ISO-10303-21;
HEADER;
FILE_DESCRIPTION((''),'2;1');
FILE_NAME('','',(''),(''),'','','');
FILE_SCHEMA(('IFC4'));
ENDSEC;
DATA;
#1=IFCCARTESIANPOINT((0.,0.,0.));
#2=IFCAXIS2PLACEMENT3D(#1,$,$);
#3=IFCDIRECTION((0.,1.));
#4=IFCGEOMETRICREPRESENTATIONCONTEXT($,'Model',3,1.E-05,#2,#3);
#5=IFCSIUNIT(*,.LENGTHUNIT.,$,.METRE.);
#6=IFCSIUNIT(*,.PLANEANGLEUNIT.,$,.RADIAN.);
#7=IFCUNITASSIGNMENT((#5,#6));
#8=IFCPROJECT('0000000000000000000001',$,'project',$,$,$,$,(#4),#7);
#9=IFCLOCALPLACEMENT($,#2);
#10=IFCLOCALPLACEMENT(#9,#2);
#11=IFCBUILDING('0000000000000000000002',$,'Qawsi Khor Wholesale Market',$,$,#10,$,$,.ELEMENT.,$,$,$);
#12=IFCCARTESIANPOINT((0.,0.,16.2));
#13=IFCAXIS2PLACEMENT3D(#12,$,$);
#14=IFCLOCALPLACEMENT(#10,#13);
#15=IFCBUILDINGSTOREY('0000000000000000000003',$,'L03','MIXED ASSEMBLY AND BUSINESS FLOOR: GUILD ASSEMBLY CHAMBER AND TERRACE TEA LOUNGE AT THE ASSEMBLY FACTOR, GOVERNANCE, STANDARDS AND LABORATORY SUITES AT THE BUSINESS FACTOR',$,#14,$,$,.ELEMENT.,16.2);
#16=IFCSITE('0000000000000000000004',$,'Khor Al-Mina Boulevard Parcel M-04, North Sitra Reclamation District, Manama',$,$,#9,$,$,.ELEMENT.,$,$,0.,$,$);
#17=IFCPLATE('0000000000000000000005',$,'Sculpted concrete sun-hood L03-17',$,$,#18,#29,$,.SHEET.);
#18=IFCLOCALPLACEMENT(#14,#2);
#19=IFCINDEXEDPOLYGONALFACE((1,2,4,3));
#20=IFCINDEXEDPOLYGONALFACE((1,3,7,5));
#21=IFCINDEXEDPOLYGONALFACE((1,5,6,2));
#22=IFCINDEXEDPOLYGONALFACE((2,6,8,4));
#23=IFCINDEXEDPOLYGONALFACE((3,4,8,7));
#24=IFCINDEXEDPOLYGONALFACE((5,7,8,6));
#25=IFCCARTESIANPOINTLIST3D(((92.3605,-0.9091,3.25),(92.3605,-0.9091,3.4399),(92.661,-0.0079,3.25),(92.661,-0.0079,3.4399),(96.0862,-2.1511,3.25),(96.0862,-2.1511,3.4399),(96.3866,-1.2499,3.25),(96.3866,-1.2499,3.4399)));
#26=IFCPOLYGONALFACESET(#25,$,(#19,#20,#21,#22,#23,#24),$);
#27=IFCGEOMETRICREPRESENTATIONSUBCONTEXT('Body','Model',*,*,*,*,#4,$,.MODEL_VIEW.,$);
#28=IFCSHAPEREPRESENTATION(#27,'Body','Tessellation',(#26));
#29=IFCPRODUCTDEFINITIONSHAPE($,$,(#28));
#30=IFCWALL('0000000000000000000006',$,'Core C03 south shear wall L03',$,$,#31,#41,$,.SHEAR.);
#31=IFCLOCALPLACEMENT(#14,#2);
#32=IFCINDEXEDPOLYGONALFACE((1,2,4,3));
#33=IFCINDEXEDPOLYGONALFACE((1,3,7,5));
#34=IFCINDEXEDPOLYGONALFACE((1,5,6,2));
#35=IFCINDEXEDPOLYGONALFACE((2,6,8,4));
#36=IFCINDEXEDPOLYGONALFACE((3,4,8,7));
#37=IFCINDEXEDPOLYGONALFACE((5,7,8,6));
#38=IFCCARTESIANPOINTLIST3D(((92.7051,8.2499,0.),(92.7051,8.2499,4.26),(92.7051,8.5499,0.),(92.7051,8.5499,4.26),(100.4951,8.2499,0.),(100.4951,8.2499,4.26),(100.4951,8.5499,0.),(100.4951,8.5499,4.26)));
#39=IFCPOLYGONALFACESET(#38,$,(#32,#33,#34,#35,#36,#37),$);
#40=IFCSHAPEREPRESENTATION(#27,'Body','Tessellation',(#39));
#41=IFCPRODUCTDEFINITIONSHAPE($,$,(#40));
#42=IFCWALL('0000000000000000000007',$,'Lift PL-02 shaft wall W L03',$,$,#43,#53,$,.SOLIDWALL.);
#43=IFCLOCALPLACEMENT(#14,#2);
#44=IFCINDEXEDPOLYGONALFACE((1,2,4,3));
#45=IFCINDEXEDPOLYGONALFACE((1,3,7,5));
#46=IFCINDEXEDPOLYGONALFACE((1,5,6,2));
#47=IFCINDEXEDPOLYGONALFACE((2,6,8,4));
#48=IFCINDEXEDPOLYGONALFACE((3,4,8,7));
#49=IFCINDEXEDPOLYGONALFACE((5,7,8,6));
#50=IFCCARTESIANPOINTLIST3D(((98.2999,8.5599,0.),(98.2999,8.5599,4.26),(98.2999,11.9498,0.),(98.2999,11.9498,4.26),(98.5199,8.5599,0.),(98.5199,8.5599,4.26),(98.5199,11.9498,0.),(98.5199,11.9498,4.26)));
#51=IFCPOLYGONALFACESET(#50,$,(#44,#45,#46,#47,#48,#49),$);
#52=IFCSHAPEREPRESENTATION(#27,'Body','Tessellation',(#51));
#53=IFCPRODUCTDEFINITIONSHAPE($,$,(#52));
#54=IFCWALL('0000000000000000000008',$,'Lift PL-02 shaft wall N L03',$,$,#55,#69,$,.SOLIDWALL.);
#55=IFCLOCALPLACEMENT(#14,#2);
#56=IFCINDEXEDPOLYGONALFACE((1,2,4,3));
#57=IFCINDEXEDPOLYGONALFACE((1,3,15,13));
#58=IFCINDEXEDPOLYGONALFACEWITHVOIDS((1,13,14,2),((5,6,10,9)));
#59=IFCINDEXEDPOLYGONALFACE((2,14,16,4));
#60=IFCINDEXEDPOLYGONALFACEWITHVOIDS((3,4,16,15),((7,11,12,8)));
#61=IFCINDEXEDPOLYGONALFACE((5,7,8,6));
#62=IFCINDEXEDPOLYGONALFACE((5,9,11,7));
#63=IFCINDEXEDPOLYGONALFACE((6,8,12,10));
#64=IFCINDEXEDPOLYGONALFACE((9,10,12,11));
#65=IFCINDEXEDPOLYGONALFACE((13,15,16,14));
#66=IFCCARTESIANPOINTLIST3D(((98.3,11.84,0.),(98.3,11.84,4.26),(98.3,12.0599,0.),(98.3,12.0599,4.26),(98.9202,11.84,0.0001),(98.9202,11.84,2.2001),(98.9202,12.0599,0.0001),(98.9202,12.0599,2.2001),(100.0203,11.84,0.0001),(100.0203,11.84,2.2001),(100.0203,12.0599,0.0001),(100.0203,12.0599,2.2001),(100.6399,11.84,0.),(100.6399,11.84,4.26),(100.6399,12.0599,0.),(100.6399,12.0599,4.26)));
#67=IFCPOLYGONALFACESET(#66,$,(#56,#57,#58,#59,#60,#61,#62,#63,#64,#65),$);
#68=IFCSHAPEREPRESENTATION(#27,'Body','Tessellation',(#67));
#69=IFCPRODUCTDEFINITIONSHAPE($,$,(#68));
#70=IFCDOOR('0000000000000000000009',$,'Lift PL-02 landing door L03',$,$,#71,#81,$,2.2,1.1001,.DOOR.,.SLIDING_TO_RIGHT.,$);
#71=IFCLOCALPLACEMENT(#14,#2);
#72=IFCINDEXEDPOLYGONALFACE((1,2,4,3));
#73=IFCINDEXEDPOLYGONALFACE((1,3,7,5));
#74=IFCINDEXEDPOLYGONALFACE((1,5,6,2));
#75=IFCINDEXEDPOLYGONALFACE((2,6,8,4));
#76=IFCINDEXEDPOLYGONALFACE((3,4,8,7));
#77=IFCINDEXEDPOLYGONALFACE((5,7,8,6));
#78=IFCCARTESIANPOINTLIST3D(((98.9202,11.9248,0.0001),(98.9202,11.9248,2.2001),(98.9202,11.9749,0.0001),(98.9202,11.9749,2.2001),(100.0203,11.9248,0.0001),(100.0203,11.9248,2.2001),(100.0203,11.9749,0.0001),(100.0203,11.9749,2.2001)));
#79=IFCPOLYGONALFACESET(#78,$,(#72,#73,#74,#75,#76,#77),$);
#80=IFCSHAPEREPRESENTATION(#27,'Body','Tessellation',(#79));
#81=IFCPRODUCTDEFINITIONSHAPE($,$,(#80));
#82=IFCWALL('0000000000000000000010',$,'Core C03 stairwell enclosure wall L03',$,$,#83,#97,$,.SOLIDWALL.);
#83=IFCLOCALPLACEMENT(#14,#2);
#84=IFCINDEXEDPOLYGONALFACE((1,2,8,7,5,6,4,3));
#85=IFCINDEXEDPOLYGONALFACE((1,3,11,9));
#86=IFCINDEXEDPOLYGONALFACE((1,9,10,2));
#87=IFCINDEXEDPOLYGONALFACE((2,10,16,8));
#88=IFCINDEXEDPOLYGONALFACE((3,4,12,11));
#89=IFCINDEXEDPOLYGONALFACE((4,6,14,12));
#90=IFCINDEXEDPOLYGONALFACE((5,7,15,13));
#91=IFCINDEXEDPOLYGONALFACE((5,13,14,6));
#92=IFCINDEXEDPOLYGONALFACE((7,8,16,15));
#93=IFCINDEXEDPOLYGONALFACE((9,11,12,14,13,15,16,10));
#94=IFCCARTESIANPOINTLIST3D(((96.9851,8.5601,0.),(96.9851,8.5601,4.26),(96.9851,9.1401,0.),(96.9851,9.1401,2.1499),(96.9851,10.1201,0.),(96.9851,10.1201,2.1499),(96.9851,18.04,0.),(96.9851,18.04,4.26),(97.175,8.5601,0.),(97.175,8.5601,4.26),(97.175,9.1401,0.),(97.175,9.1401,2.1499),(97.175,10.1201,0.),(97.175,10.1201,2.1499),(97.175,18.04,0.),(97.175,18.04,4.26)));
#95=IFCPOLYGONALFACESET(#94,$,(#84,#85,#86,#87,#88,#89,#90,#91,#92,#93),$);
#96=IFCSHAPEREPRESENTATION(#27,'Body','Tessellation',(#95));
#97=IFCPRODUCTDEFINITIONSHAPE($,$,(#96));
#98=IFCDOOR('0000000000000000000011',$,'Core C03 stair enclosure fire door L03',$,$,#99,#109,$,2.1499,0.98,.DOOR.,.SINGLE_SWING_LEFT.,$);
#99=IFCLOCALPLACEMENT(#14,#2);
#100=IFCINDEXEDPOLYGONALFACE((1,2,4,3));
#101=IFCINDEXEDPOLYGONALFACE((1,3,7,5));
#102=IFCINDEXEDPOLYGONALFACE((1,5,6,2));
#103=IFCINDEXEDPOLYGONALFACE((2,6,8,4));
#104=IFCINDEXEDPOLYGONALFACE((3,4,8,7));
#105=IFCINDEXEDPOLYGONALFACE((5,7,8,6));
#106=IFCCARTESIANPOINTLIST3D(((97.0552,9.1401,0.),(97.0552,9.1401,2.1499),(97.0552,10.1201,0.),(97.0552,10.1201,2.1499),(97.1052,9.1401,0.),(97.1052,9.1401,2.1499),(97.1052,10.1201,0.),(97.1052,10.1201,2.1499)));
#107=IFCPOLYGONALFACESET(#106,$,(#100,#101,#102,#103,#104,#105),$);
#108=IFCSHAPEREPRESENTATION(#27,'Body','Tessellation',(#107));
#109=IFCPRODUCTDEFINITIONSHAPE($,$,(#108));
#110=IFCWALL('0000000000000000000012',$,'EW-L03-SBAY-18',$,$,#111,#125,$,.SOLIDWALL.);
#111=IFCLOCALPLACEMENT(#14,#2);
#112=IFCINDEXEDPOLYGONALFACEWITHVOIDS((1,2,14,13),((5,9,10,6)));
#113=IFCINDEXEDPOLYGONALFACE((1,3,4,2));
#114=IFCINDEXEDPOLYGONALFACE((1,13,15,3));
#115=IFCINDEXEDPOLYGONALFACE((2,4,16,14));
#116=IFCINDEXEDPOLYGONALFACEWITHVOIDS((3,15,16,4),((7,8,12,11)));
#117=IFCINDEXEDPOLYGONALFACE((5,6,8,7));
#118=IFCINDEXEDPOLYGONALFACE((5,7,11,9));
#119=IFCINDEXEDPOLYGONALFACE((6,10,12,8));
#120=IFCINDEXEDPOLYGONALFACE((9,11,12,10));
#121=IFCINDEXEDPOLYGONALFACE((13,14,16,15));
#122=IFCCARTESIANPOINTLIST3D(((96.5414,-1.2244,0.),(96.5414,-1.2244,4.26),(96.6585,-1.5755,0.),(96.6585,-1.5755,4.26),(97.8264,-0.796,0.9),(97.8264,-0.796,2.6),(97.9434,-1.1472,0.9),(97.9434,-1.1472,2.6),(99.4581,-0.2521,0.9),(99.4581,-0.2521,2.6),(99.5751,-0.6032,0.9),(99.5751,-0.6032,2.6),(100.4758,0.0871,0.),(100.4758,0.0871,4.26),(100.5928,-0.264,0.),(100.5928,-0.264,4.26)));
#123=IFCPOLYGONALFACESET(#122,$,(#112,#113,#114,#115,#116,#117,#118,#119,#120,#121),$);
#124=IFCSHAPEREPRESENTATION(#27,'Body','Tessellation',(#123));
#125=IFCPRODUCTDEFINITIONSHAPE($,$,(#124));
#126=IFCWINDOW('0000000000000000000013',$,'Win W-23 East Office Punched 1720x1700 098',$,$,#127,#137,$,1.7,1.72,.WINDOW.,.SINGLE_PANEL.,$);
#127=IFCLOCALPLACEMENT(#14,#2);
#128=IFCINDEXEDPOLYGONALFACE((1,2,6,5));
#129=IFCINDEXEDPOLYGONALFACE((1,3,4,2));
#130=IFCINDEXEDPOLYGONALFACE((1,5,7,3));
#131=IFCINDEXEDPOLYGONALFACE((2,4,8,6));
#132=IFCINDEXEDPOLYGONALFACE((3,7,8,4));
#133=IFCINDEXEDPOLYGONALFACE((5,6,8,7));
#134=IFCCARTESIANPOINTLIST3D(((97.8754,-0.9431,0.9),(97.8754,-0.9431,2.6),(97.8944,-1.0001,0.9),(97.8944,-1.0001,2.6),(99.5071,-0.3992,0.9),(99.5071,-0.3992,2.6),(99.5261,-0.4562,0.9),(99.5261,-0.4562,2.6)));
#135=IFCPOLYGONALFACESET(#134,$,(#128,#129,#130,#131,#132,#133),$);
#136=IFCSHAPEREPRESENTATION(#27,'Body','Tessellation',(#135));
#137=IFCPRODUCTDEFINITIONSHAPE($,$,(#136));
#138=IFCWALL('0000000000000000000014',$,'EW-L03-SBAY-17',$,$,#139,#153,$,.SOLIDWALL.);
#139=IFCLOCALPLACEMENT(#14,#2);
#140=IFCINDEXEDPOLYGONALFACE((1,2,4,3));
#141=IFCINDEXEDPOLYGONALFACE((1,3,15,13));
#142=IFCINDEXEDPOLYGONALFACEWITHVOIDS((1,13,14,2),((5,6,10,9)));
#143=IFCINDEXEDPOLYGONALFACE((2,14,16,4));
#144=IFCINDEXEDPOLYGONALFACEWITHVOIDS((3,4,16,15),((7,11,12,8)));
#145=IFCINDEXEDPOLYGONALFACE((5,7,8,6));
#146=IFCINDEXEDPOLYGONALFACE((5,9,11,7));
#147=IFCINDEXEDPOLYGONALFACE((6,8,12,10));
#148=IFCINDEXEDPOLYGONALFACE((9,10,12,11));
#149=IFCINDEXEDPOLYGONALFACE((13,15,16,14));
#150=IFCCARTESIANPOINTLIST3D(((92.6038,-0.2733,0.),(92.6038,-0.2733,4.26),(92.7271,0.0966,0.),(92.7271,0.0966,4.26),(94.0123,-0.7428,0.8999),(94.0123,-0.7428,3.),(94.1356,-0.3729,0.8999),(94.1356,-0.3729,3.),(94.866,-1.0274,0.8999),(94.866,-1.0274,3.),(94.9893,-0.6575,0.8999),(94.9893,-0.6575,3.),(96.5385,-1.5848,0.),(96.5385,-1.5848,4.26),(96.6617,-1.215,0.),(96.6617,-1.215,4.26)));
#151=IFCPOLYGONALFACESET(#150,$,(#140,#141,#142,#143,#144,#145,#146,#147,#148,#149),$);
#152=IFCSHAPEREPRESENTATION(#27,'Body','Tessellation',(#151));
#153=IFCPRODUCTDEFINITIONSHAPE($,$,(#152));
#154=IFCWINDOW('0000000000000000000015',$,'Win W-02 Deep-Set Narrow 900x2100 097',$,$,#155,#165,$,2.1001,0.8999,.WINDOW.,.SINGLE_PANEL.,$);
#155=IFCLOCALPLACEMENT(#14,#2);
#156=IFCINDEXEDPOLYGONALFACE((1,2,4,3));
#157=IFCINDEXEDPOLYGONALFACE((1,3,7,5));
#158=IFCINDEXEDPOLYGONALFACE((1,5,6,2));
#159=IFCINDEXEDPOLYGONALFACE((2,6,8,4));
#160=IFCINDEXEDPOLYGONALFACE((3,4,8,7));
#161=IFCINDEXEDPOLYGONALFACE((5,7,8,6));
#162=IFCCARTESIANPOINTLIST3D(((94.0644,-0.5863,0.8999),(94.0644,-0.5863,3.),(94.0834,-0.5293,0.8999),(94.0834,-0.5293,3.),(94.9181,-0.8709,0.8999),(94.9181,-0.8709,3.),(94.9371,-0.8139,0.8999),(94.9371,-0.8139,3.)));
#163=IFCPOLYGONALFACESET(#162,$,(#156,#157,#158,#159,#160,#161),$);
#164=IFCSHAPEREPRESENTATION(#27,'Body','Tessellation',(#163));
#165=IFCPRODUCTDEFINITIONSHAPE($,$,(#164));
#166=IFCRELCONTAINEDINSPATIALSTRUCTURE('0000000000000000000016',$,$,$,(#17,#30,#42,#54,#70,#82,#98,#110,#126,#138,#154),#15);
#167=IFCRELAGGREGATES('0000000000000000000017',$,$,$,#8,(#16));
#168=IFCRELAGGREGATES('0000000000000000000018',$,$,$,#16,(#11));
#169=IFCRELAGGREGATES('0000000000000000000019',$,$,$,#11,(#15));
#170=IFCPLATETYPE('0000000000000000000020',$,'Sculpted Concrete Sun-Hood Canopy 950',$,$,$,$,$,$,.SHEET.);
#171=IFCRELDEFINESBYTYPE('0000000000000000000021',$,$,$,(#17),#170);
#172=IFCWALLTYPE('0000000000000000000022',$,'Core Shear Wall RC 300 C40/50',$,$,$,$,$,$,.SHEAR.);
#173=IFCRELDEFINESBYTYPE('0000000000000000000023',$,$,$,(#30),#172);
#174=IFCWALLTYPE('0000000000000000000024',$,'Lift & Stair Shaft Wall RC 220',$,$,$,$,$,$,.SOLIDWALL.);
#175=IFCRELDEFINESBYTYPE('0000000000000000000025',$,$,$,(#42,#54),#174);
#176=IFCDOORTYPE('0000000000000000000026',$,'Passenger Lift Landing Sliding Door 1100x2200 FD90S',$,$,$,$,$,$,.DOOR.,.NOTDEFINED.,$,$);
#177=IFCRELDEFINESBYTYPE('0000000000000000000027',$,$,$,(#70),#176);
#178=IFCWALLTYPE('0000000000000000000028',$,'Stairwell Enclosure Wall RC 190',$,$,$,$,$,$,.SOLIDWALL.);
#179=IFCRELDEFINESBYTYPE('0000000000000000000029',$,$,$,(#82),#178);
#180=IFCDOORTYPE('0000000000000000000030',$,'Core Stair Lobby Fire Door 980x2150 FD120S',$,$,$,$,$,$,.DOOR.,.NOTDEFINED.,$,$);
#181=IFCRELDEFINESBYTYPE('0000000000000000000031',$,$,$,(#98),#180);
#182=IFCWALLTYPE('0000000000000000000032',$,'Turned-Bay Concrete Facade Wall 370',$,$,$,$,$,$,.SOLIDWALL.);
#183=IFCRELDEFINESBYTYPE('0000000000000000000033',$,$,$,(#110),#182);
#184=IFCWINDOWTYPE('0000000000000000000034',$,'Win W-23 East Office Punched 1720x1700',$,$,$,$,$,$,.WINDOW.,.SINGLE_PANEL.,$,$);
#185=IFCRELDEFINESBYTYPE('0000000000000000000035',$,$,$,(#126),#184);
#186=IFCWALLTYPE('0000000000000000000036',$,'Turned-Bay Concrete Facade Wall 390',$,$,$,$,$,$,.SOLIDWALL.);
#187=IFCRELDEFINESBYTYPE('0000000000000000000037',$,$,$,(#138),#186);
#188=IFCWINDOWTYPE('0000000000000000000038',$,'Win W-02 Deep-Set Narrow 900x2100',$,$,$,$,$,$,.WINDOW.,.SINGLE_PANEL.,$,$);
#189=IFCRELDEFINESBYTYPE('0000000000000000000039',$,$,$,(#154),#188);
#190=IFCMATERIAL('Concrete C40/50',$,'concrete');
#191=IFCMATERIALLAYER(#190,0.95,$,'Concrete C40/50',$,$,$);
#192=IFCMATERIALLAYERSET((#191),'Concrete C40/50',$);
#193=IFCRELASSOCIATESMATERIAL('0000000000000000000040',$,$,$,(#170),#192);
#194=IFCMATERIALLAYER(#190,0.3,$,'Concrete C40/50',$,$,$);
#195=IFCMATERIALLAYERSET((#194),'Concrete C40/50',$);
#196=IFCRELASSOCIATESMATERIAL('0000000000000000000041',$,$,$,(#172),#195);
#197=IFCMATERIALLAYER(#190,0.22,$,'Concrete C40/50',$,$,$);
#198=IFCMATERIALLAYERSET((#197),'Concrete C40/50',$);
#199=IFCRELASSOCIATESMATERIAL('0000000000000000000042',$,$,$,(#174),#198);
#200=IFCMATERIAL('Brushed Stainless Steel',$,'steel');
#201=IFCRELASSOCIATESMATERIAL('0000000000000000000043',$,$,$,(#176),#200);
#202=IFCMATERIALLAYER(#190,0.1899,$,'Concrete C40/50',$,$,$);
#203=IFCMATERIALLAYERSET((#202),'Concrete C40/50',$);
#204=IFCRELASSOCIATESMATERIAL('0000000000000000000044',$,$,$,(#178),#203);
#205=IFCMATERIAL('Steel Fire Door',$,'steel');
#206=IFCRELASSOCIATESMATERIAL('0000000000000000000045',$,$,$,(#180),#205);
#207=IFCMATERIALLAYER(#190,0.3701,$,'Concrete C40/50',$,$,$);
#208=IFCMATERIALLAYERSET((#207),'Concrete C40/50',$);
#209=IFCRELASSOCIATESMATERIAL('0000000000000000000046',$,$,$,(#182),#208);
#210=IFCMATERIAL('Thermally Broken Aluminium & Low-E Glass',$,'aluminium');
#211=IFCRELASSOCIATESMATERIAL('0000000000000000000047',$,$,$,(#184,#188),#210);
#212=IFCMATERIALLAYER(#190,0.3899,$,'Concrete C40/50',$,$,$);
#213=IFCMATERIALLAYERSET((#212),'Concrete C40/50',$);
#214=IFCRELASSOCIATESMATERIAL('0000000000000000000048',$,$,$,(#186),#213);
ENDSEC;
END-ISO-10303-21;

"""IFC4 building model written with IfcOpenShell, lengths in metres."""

from ifc_helpers import new_model, si_unit, direction, frame, frame_2d, origin, place, context, subcontext, project, spatial, rectangle, extrude, material, layer, layer_set, type_object, element, fill, save


model = new_model("IFC4")

# Units and contexts
model_context = context("Model", 3, precision=1e-05, world=origin(), true_north=direction((0.0, 1.0)))
body_context = subcontext(model_context, "Body", "Model", "MODEL_VIEW")
ifc_project = project(units=[si_unit("LENGTHUNIT", "METRE"), si_unit("PLANEANGLEUNIT", "RADIAN")], contexts=[model_context])

# Site, building, storey
site_placement = place(None, origin())
site = spatial("IfcSite", under=ifc_project, at=site_placement, Name="Khor Al-Mina Boulevard Parcel M-04, North Sitra Reclamation District, Manama", CompositionType="ELEMENT", RefElevation=0.0)
building_placement = place(site_placement, origin())
building = spatial("IfcBuilding", under=site, at=building_placement, Name="Qawsi Khor Wholesale Market", CompositionType="ELEMENT")
storey_placement = place(building_placement, frame((0.0, 0.0, 16.2)))
storey = spatial("IfcBuildingStorey", under=building, at=storey_placement, Name="L03", Description="MIXED ASSEMBLY AND BUSINESS FLOOR: GUILD ASSEMBLY CHAMBER AND TERRACE TEA LOUNGE AT THE ASSEMBLY FACTOR, GOVERNANCE, STANDARDS AND LABORATORY SUITES AT THE BUSINESS FACTOR", CompositionType="ELEMENT", Elevation=16.2)

# Plate
ifc_material_1 = material(Name="Concrete C40/50", Category="concrete")
ifc_layer_1 = layer(ifc_material_1, 0.95, Name="Concrete C40/50")
ifc_layer_set_1 = layer_set([ifc_layer_1], Name="Concrete C40/50")
plate_type_1 = type_object("IfcPlateType", Name="Sculpted Concrete Sun-Hood Canopy 950", PredefinedType="SHEET", material=ifc_layer_set_1)
plate_1_placement = place(storey_placement, frame((92.5107, -0.4585, 3.25), z_axis=(0.0, 0.0, 1.0), x_axis=(0.948677, -0.316246, 0.0)))
element("IfcPlate", 1, at=plate_1_placement, inside=storey, type_object=plate_type_1, Name="Sculpted concrete sun-hood L03-17", PredefinedType="SHEET", context=body_context, shape_type="SweptSolid", body=[
    extrude(rectangle(XDim=3.9272, YDim=0.95, at=frame_2d((1.9636, 0.0))), origin(), (0.0, 0.0, 1.0), 0.1899),
])

# Walls
ifc_layer_2 = layer(ifc_material_1, 0.3, Name="Concrete C40/50")
ifc_layer_set_2 = layer_set([ifc_layer_2], Name="Concrete C40/50")
wall_type_1 = type_object("IfcWallType", Name="Core Shear Wall RC 300 C40/50", PredefinedType="SHEAR", material=ifc_layer_set_2)
wall_1_placement = place(storey_placement, frame((100.4951, 8.3999, 0.0), z_axis=(0.0, 0.0, 1.0), x_axis=(-1.0, 0.0, 0.0)))
element("IfcWall", 2, at=wall_1_placement, inside=storey, type_object=wall_type_1, Name="Core C03 south shear wall L03", PredefinedType="SHEAR", context=body_context, shape_type="SweptSolid", body=[
    extrude(rectangle(XDim=7.79, YDim=0.3, at=frame_2d((3.895, 0.0))), origin(), (0.0, 0.0, 1.0), 4.26),
])
ifc_layer_3 = layer(ifc_material_1, 0.22, Name="Concrete C40/50")
ifc_layer_set_3 = layer_set([ifc_layer_3], Name="Concrete C40/50")
wall_type_2 = type_object("IfcWallType", Name="Lift & Stair Shaft Wall RC 220", PredefinedType="SOLIDWALL", material=ifc_layer_set_3)
wall_2_placement = place(storey_placement, frame((98.4099, 8.5601, 0.0), z_axis=(0.0, 0.0, 1.0), x_axis=(0.0, 1.0, 0.0)))
element("IfcWall", 3, at=wall_2_placement, inside=storey, type_object=wall_type_2, Name="Lift PL-02 shaft wall W L03", PredefinedType="SOLIDWALL", context=body_context, shape_type="SweptSolid", body=[
    extrude(rectangle(XDim=3.3899, YDim=0.22, at=frame_2d((1.6948, 0.0))), origin(), (0.0, 0.0, 1.0), 4.26),
])

# Walls, openings, doors
wall_3_placement = place(storey_placement, frame((98.3, 11.95, 0.0), z_axis=(0.0, 0.0, 1.0), x_axis=(1.0, 0.0, 0.0)))
wall_3 = element("IfcWall", 4, at=wall_3_placement, inside=storey, type_object=wall_type_2, Name="Lift PL-02 shaft wall N L03", PredefinedType="SOLIDWALL", context=body_context, shape_type="SweptSolid", body=[
    extrude(rectangle(XDim=2.3398, YDim=0.22, at=frame_2d((1.1699, 0.0))), origin(), (0.0, 0.0, 1.0), 4.26),
])
opening_1_placement = place(wall_3_placement, frame((0.6201, 0.0, 0.0)))
opening_1 = element("IfcOpeningElement", 5, at=opening_1_placement, cuts=wall_3, PredefinedType="OPENING", context=body_context, shape_type="SweptSolid", body=[
    extrude(rectangle(XDim=1.1001, YDim=2.2, at=frame_2d((0.55, 1.1001))), frame((0.0, 0.1199, 0.0), z_axis=(0.0, -1.0, 0.0), x_axis=(1.0, 0.0, 0.0)), (0.0, 0.0, 1.0), 0.24),
])
ifc_material_2 = material(Name="Brushed Stainless Steel", Category="steel")
door_type_1 = type_object("IfcDoorType", Name="Passenger Lift Landing Sliding Door 1100x2200 FD90S", OperationType="NOTDEFINED", PredefinedType="DOOR", material=ifc_material_2)
door_1_placement = place(opening_1_placement, origin())
door_1 = element("IfcDoor", 6, at=door_1_placement, inside=storey, type_object=door_type_1, Name="Lift PL-02 landing door L03", OperationType="SLIDING_TO_RIGHT", OverallHeight=2.2, OverallWidth=1.1001, PredefinedType="DOOR", context=body_context, shape_type="SweptSolid", body=[
    extrude(rectangle(XDim=1.1001, YDim=2.2, at=frame_2d((0.55, 1.1001))), frame((0.0, 0.0249, 0.0), z_axis=(0.0, -1.0, 0.0), x_axis=(1.0, 0.0, 0.0)), (0.0, 0.0, 1.0), 0.05),
])
fill(opening_1, door_1)
ifc_layer_4 = layer(ifc_material_1, 0.1899, Name="Concrete C40/50")
ifc_layer_set_4 = layer_set([ifc_layer_4], Name="Concrete C40/50")
wall_type_3 = type_object("IfcWallType", Name="Stairwell Enclosure Wall RC 190", PredefinedType="SOLIDWALL", material=ifc_layer_set_4)
wall_4_placement = place(storey_placement, frame((97.0801, 8.5601, 0.0), z_axis=(0.0, 0.0, 1.0), x_axis=(0.0, 1.0, 0.0)))
wall_4 = element("IfcWall", 7, at=wall_4_placement, inside=storey, type_object=wall_type_3, Name="Core C03 stairwell enclosure wall L03", PredefinedType="SOLIDWALL", context=body_context, shape_type="SweptSolid", body=[
    extrude(rectangle(XDim=9.48, YDim=0.1899, at=frame_2d((4.74, 0.0))), origin(), (0.0, 0.0, 1.0), 4.26),
])
opening_2_placement = place(wall_4_placement, frame((0.5801, 0.0, 0.0)))
opening_2 = element("IfcOpeningElement", 8, at=opening_2_placement, cuts=wall_4, PredefinedType="OPENING", context=body_context, shape_type="SweptSolid", body=[
    extrude(rectangle(XDim=0.98, YDim=2.1499, at=frame_2d((0.49, 1.075))), frame((0.0, 0.105, 0.0), z_axis=(0.0, -1.0, 0.0), x_axis=(1.0, 0.0, 0.0)), (0.0, 0.0, 1.0), 0.21),
])
ifc_material_3 = material(Name="Steel Fire Door", Category="steel")
door_type_2 = type_object("IfcDoorType", Name="Core Stair Lobby Fire Door 980x2150 FD120S", OperationType="NOTDEFINED", PredefinedType="DOOR", material=ifc_material_3)
door_2_placement = place(opening_2_placement, origin())
door_2 = element("IfcDoor", 9, at=door_2_placement, inside=storey, type_object=door_type_2, Name="Core C03 stair enclosure fire door L03", OperationType="SINGLE_SWING_LEFT", OverallHeight=2.1499, OverallWidth=0.98, PredefinedType="DOOR", context=body_context, shape_type="SweptSolid", body=[
    extrude(rectangle(XDim=0.98, YDim=2.1499, at=frame_2d((0.49, 1.075))), frame((0.0, 0.0249, 0.0), z_axis=(0.0, -1.0, 0.0), x_axis=(1.0, 0.0, 0.0)), (0.0, 0.0, 1.0), 0.05),
])
fill(opening_2, door_2)

# Walls, openings, windows
ifc_layer_5 = layer(ifc_material_1, 0.3701, Name="Concrete C40/50")
ifc_layer_set_5 = layer_set([ifc_layer_5], Name="Concrete C40/50")
wall_type_4 = type_object("IfcWallType", Name="Turned-Bay Concrete Facade Wall 370", PredefinedType="SOLIDWALL", material=ifc_layer_set_5)
wall_5_placement = place(storey_placement, frame((100.5344, -0.0884, 0.0), z_axis=(0.0, 0.0, 1.0), x_axis=(-0.948677, -0.316245, 0.0)))
wall_5 = element("IfcWall", 10, at=wall_5_placement, inside=storey, type_object=wall_type_4, Name="EW-L03-SBAY-18", PredefinedType="SOLIDWALL", context=body_context, shape_type="SweptSolid", body=[
    extrude(rectangle(XDim=4.1472, YDim=0.3701, at=frame_2d((2.0737, 0.0))), origin(), (0.0, 0.0, 1.0), 4.26),
])
opening_3_placement = place(wall_5_placement, frame((1.073, 0.0, 0.8999)))
opening_3 = element("IfcOpeningElement", 11, at=opening_3_placement, cuts=wall_5, PredefinedType="OPENING", context=body_context, shape_type="SweptSolid", body=[
    extrude(rectangle(XDim=1.72, YDim=1.7, at=frame_2d((0.8599, 0.8501))), frame((0.0, 0.1951, 0.0), z_axis=(0.0, -1.0, 0.0), x_axis=(1.0, 0.0, 0.0)), (0.0, 0.0, 1.0), 0.3901),
])
ifc_material_4 = material(Name="Thermally Broken Aluminium & Low-E Glass", Category="aluminium")
window_type_1 = type_object("IfcWindowType", Name="Win W-23 East Office Punched 1720x1700", PartitioningType="SINGLE_PANEL", PredefinedType="WINDOW", material=ifc_material_4)
window_1_placement = place(opening_3_placement, origin())
window_1 = element("IfcWindow", 12, at=window_1_placement, inside=storey, type_object=window_type_1, Name="Win W-23 East Office Punched 1720x1700 098", OverallHeight=1.7, OverallWidth=1.72, PartitioningType="SINGLE_PANEL", PredefinedType="WINDOW", context=body_context, shape_type="SweptSolid", body=[
    extrude(rectangle(XDim=1.72, YDim=1.7, at=frame_2d((0.8599, 0.8501))), frame((0.0, 0.03, 0.0), z_axis=(0.0, -1.0, 0.0), x_axis=(1.0, 0.0, 0.0)), (0.0, 0.0, 1.0), 0.0601),
])
fill(opening_3, window_1)
ifc_layer_6 = layer(ifc_material_1, 0.3899, Name="Concrete C40/50")
ifc_layer_set_6 = layer_set([ifc_layer_6], Name="Concrete C40/50")
wall_type_5 = type_object("IfcWallType", Name="Turned-Bay Concrete Facade Wall 390", PredefinedType="SOLIDWALL", material=ifc_layer_set_6)
wall_6_placement = place(storey_placement, frame((96.6001, -1.3999, 0.0), z_axis=(0.0, 0.0, 1.0), x_axis=(-0.948683, 0.316228, 0.0)))
wall_6 = element("IfcWall", 13, at=wall_6_placement, inside=storey, type_object=wall_type_5, Name="EW-L03-SBAY-17", PredefinedType="SOLIDWALL", context=body_context, shape_type="SweptSolid", body=[
    extrude(rectangle(XDim=4.1475, YDim=0.3899, at=frame_2d((2.0737, 0.0))), origin(), (0.0, 0.0, 1.0), 4.26),
])
opening_4_placement = place(wall_6_placement, frame((1.7629, 0.0, 0.8999)))
opening_4 = element("IfcOpeningElement", 14, at=opening_4_placement, cuts=wall_6, PredefinedType="OPENING", context=body_context, shape_type="SweptSolid", body=[
    extrude(rectangle(XDim=0.8999, YDim=2.1001, at=frame_2d((0.45, 1.05))), frame((0.0, 0.2048, 0.0), z_axis=(0.0, -1.0, 0.0), x_axis=(1.0, 0.0, 0.0)), (0.0, 0.0, 1.0), 0.4099),
])
window_type_2 = type_object("IfcWindowType", Name="Win W-02 Deep-Set Narrow 900x2100", PartitioningType="SINGLE_PANEL", PredefinedType="WINDOW", material=ifc_material_4)
window_2_placement = place(opening_4_placement, origin())
window_2 = element("IfcWindow", 15, at=window_2_placement, inside=storey, type_object=window_type_2, Name="Win W-02 Deep-Set Narrow 900x2100 097", OverallHeight=2.1001, OverallWidth=0.8999, PartitioningType="SINGLE_PANEL", PredefinedType="WINDOW", context=body_context, shape_type="SweptSolid", body=[
    extrude(rectangle(XDim=0.8999, YDim=2.1001, at=frame_2d((0.45, 1.05))), frame((0.0, 0.03, 0.0), z_axis=(0.0, -1.0, 0.0), x_axis=(1.0, 0.0, 0.0)), (0.0, 0.0, 1.0), 0.0601),
])
fill(opening_4, window_2)

save(model, "model.ifc")
